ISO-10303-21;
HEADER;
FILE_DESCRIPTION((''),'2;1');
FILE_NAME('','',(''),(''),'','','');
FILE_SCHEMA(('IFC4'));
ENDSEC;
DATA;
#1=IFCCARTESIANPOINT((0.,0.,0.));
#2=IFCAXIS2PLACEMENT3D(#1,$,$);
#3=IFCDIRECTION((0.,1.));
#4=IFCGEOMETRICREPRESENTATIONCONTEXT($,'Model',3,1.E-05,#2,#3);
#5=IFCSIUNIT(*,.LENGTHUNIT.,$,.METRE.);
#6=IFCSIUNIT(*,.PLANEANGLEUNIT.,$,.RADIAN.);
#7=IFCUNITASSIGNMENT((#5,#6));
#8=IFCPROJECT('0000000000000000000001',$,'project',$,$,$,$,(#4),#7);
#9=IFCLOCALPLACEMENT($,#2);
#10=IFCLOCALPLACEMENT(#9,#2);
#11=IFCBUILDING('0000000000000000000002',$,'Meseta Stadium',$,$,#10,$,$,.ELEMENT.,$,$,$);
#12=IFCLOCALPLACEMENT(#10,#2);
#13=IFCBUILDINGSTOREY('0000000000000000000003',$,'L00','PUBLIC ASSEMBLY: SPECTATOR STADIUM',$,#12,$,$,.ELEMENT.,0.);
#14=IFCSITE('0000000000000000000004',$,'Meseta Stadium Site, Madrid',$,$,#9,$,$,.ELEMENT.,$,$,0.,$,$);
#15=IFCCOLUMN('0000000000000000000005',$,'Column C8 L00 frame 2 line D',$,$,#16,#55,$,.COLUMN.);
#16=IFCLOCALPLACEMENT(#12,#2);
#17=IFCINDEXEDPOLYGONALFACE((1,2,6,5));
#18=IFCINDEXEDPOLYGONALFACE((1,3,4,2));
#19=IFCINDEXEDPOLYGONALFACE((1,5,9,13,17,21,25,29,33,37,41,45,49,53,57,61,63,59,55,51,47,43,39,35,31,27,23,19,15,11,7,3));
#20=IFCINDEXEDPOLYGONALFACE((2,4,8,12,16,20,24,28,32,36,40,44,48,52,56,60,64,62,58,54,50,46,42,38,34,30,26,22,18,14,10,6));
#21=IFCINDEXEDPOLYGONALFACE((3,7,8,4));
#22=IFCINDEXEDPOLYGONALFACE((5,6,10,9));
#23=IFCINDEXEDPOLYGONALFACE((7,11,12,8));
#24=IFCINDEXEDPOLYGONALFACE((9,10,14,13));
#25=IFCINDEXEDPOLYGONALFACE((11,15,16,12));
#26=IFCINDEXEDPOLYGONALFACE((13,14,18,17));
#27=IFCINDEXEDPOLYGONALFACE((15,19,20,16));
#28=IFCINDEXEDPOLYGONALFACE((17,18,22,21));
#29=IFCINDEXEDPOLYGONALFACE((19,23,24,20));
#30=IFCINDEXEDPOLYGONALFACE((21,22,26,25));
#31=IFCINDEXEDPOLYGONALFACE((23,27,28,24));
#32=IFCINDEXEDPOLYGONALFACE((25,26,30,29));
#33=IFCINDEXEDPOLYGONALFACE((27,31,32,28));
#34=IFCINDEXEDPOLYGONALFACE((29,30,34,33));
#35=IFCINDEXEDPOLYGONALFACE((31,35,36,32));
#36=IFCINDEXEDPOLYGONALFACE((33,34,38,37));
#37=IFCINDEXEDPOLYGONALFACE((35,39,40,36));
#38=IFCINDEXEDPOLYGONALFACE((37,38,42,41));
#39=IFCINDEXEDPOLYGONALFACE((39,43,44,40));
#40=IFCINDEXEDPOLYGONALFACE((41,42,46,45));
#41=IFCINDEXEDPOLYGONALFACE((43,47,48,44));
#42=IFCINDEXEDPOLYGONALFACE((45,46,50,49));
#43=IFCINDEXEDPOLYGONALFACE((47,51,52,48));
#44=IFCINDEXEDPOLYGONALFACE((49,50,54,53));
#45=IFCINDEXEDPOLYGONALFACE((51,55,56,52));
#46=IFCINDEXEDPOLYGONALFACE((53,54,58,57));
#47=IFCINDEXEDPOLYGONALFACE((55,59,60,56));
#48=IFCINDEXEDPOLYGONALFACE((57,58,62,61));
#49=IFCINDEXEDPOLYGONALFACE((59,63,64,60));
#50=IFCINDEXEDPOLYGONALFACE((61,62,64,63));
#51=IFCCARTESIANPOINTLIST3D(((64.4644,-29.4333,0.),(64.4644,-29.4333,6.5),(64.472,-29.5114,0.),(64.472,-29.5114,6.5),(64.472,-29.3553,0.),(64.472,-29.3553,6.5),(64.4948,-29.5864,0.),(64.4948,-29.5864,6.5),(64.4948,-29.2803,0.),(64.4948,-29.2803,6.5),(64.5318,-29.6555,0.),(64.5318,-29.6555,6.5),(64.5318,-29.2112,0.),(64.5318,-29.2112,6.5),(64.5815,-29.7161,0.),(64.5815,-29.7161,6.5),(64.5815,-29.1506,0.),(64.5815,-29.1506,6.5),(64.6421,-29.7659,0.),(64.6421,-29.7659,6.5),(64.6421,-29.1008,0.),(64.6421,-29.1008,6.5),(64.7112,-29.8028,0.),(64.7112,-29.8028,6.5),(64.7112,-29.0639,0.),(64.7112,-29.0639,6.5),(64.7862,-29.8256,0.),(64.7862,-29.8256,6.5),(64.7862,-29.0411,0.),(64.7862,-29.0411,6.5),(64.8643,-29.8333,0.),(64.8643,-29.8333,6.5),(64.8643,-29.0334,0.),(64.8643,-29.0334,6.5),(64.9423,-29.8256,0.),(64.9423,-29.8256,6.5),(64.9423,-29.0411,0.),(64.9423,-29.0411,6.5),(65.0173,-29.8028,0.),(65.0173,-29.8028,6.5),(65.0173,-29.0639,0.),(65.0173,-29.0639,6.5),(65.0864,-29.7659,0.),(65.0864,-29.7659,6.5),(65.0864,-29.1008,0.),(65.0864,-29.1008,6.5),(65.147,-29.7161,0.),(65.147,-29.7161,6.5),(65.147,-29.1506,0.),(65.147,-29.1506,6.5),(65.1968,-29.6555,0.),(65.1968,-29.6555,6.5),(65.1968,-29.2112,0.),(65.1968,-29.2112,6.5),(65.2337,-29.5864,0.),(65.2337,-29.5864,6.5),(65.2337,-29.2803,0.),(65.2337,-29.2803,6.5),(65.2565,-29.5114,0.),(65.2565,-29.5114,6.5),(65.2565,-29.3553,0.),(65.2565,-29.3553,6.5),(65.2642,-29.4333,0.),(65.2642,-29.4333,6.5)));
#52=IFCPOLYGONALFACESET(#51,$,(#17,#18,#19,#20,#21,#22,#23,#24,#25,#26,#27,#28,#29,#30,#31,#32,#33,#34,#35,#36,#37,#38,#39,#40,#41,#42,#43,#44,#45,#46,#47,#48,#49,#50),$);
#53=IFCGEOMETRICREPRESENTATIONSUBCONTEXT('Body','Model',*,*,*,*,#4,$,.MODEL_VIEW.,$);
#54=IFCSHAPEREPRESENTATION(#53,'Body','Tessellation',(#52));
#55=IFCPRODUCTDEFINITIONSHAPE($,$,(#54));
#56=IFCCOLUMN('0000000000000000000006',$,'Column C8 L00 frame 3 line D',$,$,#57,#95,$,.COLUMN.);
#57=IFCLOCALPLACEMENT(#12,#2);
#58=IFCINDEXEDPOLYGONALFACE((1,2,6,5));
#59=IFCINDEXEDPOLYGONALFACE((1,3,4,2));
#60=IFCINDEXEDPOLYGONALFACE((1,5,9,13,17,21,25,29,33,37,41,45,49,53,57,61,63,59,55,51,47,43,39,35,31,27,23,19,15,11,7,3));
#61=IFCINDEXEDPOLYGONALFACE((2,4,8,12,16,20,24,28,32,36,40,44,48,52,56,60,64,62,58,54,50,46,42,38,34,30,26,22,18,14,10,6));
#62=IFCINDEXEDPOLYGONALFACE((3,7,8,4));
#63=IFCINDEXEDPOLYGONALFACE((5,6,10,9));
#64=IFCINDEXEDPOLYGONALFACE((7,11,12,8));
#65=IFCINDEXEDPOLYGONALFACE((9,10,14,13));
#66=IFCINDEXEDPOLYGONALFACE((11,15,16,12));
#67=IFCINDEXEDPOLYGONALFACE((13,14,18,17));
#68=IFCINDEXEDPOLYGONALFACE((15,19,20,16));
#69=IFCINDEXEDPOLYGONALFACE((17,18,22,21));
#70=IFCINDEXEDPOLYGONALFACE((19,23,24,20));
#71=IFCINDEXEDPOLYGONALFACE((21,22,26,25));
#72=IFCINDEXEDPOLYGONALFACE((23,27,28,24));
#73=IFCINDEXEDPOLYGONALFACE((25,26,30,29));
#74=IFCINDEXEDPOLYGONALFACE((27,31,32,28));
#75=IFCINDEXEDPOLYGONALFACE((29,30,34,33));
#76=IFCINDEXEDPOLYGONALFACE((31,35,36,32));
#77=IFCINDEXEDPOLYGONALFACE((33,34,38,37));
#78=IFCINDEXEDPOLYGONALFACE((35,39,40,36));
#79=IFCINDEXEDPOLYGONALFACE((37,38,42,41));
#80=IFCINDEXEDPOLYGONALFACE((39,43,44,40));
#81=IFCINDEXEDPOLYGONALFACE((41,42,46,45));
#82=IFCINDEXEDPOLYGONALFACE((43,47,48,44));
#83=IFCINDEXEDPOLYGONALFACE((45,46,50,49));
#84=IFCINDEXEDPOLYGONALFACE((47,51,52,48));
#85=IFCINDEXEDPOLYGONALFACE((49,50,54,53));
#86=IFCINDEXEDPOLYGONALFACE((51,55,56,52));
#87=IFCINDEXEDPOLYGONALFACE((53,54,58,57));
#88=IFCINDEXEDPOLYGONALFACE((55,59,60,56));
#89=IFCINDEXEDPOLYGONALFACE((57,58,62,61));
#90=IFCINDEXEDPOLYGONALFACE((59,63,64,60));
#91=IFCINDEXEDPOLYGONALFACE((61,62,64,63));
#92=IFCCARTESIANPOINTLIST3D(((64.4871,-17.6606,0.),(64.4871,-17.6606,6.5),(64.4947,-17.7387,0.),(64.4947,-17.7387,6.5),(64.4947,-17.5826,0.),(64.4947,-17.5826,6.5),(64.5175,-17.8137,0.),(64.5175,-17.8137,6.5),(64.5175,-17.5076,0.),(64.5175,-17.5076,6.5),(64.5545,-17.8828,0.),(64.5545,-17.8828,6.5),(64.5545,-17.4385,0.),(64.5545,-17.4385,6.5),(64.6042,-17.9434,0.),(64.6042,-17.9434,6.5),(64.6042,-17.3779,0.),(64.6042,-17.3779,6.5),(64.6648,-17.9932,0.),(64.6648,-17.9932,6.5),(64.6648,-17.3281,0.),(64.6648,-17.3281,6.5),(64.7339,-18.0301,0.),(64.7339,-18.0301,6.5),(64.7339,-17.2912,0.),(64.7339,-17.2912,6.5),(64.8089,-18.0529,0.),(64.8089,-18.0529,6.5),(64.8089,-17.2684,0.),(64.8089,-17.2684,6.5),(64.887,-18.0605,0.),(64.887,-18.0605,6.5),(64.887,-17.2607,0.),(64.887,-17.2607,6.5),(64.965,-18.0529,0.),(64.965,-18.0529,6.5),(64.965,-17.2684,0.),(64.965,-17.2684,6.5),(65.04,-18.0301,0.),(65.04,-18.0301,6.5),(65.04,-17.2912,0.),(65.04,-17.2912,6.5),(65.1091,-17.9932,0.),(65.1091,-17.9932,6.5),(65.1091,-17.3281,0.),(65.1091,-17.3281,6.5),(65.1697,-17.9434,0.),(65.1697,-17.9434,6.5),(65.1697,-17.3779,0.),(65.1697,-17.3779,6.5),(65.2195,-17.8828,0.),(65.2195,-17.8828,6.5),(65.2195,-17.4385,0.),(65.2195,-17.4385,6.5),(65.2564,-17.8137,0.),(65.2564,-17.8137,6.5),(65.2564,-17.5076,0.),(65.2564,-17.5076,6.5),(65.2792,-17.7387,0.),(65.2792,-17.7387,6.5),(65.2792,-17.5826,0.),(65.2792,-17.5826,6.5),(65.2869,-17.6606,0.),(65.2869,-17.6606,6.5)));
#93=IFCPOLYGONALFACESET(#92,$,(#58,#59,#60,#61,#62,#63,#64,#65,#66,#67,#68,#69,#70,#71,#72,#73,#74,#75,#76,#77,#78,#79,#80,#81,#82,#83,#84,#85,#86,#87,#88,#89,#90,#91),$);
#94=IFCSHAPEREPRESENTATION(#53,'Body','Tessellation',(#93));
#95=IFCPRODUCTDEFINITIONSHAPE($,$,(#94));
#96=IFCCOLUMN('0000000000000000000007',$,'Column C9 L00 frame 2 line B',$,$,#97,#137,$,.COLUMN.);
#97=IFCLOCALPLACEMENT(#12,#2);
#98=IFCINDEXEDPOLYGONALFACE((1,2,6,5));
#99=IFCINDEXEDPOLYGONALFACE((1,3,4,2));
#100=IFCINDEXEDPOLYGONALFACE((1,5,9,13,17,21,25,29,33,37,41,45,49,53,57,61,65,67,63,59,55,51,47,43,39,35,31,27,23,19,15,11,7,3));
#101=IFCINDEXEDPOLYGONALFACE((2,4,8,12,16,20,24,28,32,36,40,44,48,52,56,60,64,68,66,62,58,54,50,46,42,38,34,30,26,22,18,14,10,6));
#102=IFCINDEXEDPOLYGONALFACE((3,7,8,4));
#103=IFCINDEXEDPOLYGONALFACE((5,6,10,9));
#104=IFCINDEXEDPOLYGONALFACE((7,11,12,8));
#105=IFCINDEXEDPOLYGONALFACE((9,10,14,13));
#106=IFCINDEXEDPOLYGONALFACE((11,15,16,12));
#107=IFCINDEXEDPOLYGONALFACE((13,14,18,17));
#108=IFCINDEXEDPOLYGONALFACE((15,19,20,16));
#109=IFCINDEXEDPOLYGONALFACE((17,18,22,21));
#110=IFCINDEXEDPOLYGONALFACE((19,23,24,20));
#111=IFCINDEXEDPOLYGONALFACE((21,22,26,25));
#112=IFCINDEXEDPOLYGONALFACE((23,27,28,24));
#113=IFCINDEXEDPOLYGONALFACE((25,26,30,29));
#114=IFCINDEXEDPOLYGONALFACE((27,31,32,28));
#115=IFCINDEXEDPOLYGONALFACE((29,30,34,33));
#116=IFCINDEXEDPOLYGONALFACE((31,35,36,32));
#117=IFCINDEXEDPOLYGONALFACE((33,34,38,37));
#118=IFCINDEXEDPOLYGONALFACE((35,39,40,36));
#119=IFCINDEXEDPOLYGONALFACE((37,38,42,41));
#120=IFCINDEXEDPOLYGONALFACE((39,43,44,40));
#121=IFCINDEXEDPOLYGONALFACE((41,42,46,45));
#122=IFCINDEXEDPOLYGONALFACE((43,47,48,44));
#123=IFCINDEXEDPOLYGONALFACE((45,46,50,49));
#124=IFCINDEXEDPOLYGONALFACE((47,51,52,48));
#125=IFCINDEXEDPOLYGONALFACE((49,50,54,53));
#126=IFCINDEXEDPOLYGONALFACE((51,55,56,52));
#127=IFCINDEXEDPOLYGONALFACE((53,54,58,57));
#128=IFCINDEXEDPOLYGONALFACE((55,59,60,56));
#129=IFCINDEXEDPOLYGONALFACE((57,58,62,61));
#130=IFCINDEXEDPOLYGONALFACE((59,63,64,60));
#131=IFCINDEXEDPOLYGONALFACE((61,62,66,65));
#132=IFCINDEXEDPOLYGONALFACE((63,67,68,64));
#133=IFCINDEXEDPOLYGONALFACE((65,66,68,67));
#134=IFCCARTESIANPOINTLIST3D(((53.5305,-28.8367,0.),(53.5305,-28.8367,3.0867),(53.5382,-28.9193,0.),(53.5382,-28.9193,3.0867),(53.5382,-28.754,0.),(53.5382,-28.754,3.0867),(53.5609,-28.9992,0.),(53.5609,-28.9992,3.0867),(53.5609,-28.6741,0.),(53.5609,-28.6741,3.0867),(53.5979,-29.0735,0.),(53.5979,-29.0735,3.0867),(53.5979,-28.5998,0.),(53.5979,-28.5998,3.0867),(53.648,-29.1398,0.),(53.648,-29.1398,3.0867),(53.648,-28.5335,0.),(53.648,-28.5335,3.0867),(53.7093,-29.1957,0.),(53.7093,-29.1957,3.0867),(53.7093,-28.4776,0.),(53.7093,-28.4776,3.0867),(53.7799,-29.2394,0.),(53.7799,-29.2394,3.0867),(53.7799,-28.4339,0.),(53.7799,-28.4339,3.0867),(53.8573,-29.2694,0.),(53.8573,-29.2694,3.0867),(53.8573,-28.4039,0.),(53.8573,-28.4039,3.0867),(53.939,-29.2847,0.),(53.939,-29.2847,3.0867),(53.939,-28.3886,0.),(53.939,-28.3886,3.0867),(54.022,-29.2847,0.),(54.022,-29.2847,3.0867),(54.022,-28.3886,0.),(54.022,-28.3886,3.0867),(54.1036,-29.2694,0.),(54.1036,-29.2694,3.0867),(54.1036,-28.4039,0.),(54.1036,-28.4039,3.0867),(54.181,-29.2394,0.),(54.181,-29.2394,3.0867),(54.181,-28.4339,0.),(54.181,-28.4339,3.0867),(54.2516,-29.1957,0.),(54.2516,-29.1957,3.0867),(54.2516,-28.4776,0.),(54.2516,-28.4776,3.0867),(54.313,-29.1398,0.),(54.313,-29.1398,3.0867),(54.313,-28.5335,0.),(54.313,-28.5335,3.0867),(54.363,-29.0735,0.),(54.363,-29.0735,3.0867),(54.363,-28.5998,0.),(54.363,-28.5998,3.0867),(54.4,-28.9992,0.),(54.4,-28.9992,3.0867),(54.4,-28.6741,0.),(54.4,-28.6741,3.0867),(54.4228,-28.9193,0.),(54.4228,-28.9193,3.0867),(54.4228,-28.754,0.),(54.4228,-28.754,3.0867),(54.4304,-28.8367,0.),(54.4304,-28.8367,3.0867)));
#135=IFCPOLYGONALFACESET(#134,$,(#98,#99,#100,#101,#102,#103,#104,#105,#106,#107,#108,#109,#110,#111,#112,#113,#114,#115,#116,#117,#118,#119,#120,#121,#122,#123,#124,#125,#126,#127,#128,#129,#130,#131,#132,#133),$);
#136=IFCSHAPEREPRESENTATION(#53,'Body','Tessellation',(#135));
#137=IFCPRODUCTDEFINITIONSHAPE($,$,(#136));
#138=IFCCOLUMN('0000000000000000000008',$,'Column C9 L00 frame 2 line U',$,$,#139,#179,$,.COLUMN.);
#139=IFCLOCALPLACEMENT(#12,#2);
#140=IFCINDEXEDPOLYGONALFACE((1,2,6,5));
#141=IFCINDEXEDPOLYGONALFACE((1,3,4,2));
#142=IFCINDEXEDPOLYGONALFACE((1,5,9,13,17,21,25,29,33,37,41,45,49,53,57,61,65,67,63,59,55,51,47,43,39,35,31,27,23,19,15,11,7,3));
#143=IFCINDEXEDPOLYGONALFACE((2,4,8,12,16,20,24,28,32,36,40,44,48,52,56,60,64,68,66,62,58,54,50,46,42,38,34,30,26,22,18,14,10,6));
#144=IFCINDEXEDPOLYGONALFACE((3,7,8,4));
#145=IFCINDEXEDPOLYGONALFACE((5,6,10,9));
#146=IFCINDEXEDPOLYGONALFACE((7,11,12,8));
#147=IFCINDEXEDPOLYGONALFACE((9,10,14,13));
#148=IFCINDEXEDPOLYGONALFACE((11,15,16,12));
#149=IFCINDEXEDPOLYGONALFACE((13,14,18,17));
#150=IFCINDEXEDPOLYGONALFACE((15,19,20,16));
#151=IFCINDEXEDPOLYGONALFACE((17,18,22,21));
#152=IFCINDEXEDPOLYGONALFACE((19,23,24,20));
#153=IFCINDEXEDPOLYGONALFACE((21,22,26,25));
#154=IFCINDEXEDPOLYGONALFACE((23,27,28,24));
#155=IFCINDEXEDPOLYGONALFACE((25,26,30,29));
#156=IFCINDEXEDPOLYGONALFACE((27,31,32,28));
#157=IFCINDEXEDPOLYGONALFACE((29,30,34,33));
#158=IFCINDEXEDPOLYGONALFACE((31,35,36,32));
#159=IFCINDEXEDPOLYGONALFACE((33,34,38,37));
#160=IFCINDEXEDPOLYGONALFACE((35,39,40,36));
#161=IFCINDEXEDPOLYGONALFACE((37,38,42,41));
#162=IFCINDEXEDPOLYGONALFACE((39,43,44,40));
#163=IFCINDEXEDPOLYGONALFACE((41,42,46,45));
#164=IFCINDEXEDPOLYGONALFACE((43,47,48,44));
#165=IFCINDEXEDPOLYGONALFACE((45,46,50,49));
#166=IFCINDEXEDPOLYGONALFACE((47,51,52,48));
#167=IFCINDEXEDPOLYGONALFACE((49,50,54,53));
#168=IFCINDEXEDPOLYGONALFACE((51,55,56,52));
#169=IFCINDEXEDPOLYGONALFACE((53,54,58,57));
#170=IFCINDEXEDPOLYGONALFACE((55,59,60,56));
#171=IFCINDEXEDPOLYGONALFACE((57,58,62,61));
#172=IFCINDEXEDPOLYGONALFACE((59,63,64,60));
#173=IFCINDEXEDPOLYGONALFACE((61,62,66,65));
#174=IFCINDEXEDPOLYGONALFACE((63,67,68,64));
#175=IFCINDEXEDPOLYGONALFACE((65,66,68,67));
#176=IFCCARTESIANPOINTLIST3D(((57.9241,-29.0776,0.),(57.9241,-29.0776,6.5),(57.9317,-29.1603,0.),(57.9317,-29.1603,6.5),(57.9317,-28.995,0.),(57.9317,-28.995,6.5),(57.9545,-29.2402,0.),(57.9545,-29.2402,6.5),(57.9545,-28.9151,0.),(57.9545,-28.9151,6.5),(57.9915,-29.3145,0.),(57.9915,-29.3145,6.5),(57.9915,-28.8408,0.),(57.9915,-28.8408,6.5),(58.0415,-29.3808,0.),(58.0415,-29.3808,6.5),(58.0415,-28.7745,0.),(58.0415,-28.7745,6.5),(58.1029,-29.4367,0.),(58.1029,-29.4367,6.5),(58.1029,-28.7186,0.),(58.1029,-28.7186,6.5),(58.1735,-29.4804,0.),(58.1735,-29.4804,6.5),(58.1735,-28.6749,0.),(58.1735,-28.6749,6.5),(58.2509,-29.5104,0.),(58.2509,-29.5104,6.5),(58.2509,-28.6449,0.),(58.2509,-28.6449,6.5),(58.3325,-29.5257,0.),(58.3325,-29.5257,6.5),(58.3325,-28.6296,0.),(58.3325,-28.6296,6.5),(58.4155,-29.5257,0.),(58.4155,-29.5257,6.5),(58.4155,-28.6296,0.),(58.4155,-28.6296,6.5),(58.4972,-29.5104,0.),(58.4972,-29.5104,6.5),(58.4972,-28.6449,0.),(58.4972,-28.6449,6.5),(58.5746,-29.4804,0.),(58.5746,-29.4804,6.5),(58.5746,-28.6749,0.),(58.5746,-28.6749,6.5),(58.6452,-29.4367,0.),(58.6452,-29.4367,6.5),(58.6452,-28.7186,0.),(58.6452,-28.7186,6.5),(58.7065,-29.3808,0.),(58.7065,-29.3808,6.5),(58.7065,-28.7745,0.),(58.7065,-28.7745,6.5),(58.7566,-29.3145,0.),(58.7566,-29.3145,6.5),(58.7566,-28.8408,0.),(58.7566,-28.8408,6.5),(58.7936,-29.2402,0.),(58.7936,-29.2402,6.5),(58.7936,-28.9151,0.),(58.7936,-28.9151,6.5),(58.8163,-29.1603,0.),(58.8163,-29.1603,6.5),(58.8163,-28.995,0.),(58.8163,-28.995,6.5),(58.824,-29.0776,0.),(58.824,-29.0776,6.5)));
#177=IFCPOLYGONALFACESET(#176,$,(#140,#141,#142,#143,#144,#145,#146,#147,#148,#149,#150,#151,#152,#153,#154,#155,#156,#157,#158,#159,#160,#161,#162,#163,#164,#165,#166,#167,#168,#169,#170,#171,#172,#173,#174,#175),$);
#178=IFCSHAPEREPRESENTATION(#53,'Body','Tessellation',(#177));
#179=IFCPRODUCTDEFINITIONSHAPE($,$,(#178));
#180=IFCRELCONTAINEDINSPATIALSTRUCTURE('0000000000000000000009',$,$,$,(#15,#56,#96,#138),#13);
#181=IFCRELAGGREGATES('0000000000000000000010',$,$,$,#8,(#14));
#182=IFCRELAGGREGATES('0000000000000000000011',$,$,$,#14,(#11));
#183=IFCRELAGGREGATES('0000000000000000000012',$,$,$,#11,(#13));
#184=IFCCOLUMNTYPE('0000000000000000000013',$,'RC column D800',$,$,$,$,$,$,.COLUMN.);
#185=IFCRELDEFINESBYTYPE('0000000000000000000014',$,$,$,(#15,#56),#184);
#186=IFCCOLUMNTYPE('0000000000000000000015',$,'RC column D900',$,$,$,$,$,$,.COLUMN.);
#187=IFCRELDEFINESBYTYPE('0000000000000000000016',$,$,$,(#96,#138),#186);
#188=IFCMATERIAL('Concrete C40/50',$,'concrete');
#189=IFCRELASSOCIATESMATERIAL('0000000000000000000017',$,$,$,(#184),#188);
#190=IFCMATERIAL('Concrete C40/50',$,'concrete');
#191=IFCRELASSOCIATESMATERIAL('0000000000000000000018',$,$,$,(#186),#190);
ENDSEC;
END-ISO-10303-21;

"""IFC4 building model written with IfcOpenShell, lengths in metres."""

from ifc_helpers import new_model, si_unit, direction, frame, origin, origin_2d, place, context, subcontext, project, spatial, circle, extrude, material, material_profile, profile_set, type_object, element, save


model = new_model("IFC4")

# Units and contexts
model_context = context("Model", 3, precision=1e-05, world=origin(), true_north=direction((0.0, 1.0)))
body_context = subcontext(model_context, "Body", "Model", "MODEL_VIEW")
ifc_project = project(units=[si_unit("LENGTHUNIT", "METRE"), si_unit("PLANEANGLEUNIT", "RADIAN")], contexts=[model_context])

# Site, building, storey
site_placement = place(None, origin())
site = spatial("IfcSite", under=ifc_project, at=site_placement, Name="Meseta Stadium Site, Madrid", CompositionType="ELEMENT", RefElevation=0.0)
building_placement = place(site_placement, origin())
building = spatial("IfcBuilding", under=site, at=building_placement, Name="Meseta Stadium", CompositionType="ELEMENT")
storey_placement = place(building_placement, origin())
storey = spatial("IfcBuildingStorey", under=building, at=storey_placement, Name="L00", Description="PUBLIC ASSEMBLY: SPECTATOR STADIUM", CompositionType="ELEMENT", Elevation=0.0)

# Columns
ifc_material_1 = material(Name="Concrete C40/50", Category="concrete")
ifc_material_profile_1 = material_profile(ifc_material_1, circle(Radius=0.3999, at=origin_2d()), Name="RC D800")
ifc_profile_set_1 = profile_set([ifc_material_profile_1], Name="Concrete C40/50")
column_type_1 = type_object("IfcColumnType", Name="RC column D800", PredefinedType="COLUMN", material=ifc_profile_set_1)
for number, where, z_axis, x_axis, name in (
    (1, (64.8643, -29.4333, 0.0), (0.0, 0.0, 1.0), (1.0, 0.0, 0.0), "Column C8 L00 frame 2 line D"),
    (2, (64.887, -17.6606, 0.0), (0.0, 0.0, 1.0), (1.0, 0.0, 0.0), "Column C8 L00 frame 3 line D"),
):
    element("IfcColumn", number, at=place(storey_placement, frame(where, z_axis=z_axis, x_axis=x_axis)), inside=storey, type_object=column_type_1, Name=name, PredefinedType="COLUMN", context=body_context, shape_type="SweptSolid", body=[
        extrude(circle(Radius=0.3999, at=origin_2d()), origin(), (0.0, 0.0, 1.0), 6.5),
    ])
ifc_material_2 = material(Name="Concrete C40/50", Category="concrete")
ifc_material_profile_2 = material_profile(ifc_material_2, circle(Radius=0.45, at=origin_2d()), Name="RC D900")
ifc_profile_set_2 = profile_set([ifc_material_profile_2], Name="Concrete C40/50")
column_type_2 = type_object("IfcColumnType", Name="RC column D900", PredefinedType="COLUMN", material=ifc_profile_set_2)
column_placement = place(storey_placement, frame((53.9805, -28.8367, 0.0), z_axis=(0.0, 0.0, 1.0), x_axis=(1.0, 0.0, 0.0)))
element("IfcColumn", 3, at=column_placement, inside=storey, type_object=column_type_2, Name="Column C9 L00 frame 2 line B", PredefinedType="COLUMN", context=body_context, shape_type="SweptSolid", body=[
    extrude(circle(Radius=0.45, at=origin_2d()), origin(), (0.0, 0.0, 1.0), 3.0867),
])
for number, where, z_axis, x_axis, name in (
    (4, (58.374, -29.0776, 0.0), (0.0, 0.0, 1.0), (1.0, 0.0, 0.0), "Column C9 L00 frame 2 line U"),
):
    element("IfcColumn", number, at=place(storey_placement, frame(where, z_axis=z_axis, x_axis=x_axis)), inside=storey, type_object=column_type_2, Name=name, PredefinedType="COLUMN", context=body_context, shape_type="SweptSolid", body=[
        extrude(circle(Radius=0.45, at=origin_2d()), origin(), (0.0, 0.0, 1.0), 6.5),
    ])

save(model, "model.ifc")
